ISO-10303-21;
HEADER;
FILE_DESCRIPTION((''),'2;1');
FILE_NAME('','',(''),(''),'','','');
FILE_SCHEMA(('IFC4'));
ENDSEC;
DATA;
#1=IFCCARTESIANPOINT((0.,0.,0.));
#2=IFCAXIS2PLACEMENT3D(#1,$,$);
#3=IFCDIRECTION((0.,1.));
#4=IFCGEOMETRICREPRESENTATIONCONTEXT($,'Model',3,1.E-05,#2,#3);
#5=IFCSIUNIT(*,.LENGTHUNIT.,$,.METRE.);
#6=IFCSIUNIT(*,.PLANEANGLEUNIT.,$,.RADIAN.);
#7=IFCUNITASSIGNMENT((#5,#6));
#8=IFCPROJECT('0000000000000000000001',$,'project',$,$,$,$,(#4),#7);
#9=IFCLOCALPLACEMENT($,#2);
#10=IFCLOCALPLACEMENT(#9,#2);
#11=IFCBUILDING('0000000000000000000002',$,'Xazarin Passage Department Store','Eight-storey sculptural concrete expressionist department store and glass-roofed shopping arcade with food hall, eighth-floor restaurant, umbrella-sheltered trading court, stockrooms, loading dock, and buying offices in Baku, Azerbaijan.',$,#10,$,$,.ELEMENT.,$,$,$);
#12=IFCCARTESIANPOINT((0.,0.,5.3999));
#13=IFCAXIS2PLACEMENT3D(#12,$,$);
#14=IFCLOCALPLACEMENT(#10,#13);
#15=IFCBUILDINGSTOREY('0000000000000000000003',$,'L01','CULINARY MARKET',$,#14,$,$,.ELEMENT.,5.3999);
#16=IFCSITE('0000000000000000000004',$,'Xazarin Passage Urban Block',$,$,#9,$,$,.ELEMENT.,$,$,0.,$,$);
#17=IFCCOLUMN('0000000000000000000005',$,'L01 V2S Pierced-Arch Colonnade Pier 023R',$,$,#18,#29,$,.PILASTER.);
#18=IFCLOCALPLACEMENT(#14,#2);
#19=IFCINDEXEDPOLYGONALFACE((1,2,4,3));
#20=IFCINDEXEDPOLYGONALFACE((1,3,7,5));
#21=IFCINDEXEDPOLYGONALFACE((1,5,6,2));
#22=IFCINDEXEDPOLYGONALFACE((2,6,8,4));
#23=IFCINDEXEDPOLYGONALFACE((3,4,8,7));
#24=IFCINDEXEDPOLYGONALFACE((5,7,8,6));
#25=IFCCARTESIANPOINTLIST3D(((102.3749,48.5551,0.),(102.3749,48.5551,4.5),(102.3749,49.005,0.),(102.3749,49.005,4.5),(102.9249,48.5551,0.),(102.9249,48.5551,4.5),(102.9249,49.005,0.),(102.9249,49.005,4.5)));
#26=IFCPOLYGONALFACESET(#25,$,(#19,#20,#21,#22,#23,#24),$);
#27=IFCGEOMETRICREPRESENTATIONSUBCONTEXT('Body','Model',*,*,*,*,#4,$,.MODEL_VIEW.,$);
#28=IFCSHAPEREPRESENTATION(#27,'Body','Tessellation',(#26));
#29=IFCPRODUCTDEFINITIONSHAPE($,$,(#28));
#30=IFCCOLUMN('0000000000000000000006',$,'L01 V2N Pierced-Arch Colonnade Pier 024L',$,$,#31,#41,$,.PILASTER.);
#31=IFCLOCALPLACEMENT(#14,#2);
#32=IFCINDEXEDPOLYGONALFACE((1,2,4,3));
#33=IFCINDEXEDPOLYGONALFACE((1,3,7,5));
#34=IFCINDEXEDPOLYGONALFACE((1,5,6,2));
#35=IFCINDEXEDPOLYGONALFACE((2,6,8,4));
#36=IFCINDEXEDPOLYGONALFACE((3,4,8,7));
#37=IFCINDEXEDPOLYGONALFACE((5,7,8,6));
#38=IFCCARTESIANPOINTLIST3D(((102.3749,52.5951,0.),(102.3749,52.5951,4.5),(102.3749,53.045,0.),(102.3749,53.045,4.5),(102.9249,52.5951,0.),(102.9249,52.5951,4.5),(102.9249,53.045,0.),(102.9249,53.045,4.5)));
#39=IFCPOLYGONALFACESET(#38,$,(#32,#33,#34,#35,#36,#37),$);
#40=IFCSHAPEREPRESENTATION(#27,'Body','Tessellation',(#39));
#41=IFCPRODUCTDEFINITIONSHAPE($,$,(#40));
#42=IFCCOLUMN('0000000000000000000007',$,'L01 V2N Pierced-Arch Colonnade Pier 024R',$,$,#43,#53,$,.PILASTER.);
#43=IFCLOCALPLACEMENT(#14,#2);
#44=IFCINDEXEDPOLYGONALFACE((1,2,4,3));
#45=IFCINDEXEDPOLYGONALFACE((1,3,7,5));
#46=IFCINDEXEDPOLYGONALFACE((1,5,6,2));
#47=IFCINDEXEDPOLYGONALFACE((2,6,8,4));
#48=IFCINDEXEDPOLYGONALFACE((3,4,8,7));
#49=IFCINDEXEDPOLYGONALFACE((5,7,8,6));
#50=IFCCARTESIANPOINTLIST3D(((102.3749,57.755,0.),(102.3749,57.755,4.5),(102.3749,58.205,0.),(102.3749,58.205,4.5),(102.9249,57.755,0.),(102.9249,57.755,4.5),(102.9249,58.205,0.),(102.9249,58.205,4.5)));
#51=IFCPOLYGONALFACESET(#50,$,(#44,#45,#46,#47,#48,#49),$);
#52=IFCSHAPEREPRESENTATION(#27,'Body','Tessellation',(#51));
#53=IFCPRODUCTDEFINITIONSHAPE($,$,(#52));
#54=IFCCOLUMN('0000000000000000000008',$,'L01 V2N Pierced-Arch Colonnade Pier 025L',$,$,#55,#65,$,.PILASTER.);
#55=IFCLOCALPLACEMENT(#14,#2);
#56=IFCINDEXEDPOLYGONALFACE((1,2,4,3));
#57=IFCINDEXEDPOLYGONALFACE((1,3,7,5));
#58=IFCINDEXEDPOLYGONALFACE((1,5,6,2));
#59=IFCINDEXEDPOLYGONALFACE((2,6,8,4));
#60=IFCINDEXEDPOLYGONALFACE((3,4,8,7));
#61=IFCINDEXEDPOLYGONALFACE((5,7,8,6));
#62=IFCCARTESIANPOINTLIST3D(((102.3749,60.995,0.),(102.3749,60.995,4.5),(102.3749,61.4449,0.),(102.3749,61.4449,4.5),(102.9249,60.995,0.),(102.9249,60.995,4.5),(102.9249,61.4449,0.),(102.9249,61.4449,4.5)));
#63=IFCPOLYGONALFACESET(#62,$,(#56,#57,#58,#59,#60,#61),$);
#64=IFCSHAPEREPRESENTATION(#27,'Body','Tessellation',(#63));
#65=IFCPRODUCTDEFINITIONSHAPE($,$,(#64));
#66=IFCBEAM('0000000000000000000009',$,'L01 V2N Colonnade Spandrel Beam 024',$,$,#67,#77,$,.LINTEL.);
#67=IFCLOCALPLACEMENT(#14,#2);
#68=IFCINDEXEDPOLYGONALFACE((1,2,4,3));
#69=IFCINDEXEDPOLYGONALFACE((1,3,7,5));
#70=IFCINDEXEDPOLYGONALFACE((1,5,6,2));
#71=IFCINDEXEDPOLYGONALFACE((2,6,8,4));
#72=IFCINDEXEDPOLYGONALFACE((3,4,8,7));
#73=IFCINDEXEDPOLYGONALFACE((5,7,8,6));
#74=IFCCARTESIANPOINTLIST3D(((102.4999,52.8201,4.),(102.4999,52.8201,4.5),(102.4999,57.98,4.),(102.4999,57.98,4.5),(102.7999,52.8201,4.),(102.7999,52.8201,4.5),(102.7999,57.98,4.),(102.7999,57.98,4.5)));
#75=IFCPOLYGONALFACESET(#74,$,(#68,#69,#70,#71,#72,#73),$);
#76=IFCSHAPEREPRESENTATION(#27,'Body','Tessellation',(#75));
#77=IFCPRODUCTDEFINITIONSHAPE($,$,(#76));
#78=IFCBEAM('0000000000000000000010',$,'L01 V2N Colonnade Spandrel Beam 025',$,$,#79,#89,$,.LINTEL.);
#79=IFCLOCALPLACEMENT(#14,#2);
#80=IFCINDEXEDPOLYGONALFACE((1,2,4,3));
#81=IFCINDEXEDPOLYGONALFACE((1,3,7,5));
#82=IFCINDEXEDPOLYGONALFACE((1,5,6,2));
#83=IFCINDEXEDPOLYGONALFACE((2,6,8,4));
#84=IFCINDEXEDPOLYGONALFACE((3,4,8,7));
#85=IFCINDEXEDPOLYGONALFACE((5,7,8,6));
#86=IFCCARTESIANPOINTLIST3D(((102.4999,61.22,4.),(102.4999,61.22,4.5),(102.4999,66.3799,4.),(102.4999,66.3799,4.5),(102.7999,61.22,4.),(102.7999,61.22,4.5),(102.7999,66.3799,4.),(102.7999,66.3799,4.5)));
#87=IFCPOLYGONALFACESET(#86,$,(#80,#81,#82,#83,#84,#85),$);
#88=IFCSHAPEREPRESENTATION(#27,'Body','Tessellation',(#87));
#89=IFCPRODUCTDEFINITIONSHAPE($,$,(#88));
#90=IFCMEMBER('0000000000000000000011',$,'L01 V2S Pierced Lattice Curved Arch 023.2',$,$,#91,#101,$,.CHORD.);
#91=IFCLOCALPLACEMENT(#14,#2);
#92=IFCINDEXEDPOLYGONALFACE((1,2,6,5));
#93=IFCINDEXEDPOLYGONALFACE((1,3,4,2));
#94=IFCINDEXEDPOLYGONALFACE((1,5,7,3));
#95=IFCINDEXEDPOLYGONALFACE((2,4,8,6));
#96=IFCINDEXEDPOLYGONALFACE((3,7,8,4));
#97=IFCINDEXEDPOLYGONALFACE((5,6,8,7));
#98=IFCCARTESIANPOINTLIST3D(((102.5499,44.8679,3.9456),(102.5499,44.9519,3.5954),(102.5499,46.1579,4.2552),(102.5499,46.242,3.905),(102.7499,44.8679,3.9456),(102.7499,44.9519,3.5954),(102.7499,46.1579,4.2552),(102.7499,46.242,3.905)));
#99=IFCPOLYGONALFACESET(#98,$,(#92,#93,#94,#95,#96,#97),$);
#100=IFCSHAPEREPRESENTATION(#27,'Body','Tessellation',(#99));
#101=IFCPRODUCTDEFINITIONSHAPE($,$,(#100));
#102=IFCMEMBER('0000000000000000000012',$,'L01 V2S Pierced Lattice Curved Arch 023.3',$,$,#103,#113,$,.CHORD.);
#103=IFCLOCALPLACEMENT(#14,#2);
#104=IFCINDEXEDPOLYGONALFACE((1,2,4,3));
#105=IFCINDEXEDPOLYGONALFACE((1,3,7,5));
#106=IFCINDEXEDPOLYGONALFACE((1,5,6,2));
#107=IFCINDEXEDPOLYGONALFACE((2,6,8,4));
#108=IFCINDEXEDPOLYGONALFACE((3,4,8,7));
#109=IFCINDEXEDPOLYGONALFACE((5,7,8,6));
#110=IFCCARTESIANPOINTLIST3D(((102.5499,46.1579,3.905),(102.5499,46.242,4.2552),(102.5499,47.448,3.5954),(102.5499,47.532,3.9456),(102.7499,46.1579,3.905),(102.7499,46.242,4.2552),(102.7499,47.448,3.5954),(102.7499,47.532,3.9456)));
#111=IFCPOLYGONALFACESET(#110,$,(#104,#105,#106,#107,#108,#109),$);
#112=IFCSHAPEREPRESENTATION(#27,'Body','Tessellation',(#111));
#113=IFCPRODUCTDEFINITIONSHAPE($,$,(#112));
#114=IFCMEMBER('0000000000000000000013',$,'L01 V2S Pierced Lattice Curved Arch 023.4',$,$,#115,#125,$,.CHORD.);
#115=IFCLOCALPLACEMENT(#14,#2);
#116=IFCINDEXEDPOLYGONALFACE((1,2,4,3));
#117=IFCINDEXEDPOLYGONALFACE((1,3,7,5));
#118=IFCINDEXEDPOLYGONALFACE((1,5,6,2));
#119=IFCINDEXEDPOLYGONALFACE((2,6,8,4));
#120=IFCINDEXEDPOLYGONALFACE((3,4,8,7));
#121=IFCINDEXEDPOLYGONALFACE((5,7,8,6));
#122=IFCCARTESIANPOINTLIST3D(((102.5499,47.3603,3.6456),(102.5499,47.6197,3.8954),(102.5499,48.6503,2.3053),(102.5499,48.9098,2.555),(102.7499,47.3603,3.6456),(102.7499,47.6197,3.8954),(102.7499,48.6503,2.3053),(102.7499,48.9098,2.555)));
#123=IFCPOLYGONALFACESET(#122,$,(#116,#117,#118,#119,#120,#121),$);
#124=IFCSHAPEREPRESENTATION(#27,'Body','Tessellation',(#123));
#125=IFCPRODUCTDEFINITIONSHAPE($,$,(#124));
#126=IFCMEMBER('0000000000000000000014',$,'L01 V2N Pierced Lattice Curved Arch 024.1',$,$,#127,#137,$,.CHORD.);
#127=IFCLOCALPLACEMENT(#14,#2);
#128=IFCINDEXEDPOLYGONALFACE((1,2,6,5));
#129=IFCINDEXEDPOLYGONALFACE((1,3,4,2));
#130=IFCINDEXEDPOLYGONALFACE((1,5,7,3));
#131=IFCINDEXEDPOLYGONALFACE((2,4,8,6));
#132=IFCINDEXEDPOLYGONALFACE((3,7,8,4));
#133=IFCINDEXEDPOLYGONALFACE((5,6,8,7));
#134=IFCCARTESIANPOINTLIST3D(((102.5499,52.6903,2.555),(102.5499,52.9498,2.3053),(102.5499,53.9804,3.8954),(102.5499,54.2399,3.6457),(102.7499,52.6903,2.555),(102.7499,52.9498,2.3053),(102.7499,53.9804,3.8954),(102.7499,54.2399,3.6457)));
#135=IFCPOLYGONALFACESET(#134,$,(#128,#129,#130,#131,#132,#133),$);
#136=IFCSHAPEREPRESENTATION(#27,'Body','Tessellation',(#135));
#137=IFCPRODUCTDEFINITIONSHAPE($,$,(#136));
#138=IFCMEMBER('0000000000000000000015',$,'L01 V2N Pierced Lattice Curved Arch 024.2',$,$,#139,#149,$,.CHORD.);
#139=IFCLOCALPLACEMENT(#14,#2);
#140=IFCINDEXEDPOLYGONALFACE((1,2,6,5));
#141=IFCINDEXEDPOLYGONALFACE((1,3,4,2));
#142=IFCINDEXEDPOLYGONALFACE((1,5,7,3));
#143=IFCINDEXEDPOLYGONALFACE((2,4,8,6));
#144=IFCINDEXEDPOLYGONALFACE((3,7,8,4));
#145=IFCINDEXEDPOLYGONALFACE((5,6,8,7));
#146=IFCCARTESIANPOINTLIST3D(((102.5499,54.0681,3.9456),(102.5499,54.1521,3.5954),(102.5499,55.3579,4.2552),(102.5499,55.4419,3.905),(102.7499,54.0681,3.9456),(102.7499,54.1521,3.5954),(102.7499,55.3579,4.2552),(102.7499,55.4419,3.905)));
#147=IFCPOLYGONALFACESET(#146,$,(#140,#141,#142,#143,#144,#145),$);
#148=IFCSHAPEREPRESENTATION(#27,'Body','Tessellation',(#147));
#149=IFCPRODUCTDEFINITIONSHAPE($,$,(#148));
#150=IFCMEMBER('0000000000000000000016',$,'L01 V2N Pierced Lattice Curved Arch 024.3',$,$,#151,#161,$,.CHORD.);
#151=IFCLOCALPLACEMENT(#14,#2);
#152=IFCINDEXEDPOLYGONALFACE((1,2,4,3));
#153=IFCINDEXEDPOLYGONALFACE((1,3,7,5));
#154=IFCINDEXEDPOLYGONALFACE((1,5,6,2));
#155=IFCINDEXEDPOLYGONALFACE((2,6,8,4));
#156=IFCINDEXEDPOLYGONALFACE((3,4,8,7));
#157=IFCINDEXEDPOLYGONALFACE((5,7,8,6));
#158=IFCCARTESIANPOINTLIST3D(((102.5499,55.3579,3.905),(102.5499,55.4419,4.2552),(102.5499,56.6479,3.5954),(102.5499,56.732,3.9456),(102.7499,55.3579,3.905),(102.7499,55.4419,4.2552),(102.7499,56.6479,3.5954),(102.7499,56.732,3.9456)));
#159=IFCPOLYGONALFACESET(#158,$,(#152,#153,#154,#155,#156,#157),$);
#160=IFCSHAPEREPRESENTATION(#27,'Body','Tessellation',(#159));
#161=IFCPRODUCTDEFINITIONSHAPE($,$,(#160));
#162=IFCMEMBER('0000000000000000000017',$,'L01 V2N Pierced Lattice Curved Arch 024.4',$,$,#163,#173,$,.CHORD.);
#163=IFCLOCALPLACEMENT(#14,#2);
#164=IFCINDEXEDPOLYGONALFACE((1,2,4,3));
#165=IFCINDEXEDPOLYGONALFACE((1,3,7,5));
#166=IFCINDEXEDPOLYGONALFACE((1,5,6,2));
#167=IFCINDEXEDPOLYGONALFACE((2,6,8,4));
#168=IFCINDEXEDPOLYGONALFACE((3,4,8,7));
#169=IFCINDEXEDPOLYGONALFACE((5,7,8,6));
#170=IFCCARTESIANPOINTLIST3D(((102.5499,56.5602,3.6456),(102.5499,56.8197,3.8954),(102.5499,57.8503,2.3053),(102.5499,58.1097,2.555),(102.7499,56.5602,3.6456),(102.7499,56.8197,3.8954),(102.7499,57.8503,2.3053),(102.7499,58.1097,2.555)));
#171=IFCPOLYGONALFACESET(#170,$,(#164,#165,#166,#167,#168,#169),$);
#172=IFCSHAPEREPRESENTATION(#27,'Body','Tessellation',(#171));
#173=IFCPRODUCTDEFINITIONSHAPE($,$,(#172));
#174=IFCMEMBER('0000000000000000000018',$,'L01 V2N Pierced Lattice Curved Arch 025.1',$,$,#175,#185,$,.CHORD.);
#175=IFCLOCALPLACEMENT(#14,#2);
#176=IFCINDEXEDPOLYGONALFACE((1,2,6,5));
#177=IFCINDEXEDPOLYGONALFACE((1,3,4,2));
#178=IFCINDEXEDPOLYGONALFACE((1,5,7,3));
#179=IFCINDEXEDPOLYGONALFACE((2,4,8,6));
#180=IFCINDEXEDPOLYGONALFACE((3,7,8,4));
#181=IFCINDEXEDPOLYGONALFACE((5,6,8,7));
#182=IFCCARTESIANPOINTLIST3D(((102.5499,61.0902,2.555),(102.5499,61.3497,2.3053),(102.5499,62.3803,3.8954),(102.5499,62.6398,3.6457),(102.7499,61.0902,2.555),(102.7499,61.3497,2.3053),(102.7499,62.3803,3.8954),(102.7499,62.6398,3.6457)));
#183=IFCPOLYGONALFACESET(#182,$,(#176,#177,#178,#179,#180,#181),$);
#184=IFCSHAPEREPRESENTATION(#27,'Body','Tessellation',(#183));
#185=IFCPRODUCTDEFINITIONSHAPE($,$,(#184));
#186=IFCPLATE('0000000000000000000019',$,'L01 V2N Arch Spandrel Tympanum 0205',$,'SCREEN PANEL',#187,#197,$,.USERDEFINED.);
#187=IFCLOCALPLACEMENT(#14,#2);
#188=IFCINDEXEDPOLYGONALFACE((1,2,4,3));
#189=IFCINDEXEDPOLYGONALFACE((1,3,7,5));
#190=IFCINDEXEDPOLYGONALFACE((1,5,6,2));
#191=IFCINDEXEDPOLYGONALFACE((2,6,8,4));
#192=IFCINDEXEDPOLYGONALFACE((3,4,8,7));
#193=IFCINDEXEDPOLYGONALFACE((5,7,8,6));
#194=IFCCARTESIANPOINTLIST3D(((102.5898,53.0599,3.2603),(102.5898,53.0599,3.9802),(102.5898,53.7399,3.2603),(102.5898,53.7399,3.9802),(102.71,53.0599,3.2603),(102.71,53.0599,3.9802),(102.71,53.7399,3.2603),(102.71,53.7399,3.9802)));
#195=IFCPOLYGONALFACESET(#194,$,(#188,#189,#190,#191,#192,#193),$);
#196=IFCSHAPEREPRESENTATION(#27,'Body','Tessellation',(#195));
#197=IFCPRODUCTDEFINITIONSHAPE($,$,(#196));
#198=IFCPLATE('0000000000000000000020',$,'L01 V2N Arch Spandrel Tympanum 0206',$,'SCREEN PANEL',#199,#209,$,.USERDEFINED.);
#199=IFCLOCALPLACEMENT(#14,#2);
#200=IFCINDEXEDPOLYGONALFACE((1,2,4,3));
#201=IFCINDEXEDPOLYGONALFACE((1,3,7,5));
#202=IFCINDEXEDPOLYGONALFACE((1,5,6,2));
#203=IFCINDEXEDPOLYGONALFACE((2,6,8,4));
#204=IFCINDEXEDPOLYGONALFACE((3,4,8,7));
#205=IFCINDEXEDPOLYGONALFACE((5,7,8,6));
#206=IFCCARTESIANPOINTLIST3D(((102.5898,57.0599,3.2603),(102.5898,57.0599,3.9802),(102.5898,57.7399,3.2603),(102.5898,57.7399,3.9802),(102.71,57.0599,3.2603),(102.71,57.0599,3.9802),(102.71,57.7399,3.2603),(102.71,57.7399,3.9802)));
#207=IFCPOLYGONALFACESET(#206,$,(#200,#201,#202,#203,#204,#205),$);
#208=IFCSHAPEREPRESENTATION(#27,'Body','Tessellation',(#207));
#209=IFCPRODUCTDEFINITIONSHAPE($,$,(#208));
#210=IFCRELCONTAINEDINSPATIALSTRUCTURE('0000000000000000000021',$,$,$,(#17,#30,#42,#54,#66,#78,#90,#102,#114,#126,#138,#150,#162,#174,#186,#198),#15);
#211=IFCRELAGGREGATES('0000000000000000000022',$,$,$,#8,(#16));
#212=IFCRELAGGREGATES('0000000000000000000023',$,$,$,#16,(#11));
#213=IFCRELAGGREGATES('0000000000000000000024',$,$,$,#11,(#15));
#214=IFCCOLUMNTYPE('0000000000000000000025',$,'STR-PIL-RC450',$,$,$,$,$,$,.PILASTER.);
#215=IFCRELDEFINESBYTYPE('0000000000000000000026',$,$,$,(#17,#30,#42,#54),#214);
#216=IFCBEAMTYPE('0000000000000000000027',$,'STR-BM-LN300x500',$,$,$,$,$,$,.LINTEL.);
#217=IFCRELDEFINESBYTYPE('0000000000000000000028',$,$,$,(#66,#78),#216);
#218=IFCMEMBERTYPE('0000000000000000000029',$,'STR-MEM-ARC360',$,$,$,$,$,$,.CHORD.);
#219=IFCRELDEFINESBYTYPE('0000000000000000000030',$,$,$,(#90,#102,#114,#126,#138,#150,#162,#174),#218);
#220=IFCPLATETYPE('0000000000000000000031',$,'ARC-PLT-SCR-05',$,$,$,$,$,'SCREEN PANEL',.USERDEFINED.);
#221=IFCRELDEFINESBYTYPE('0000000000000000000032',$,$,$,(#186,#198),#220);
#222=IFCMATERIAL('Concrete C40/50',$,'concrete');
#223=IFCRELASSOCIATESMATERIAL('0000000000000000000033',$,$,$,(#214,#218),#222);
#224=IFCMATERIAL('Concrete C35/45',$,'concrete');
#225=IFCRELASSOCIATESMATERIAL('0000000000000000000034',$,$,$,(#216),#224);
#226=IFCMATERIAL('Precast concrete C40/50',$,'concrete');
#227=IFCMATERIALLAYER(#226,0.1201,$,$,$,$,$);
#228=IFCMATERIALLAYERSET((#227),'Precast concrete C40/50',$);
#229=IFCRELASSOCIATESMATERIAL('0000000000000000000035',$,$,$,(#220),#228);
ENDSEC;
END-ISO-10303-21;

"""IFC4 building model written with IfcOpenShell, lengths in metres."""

from ifc_helpers import new_model, si_unit, direction, frame, origin, origin_2d, place, context, subcontext, project, spatial, rectangle, extrude, material, layer, layer_set, material_profile, profile_set, type_object, element, save


model = new_model("IFC4")

# Units and contexts
model_context = context("Model", 3, precision=1e-05, world=origin(), true_north=direction((0.0, 1.0)))
body_context = subcontext(model_context, "Body", "Model", "MODEL_VIEW")
ifc_project = project(units=[si_unit("LENGTHUNIT", "METRE"), si_unit("PLANEANGLEUNIT", "RADIAN")], contexts=[model_context])

# Site, building, storey
site_placement = place(None, origin())
site = spatial("IfcSite", under=ifc_project, at=site_placement, Name="Xazarin Passage Urban Block", CompositionType="ELEMENT", RefElevation=0.0)
building_placement = place(site_placement, origin())
building = spatial("IfcBuilding", under=site, at=building_placement, Name="Xazarin Passage Department Store", Description="Eight-storey sculptural concrete expressionist department store and glass-roofed shopping arcade with food hall, eighth-floor restaurant, umbrella-sheltered trading court, stockrooms, loading dock, and buying offices in Baku, Azerbaijan.", CompositionType="ELEMENT")
storey_placement = place(building_placement, frame((0.0, 0.0, 5.3999)))
storey = spatial("IfcBuildingStorey", under=building, at=storey_placement, Name="L01", Description="CULINARY MARKET", CompositionType="ELEMENT", Elevation=5.3999)

# Columns
ifc_material_1 = material(Name="Concrete C40/50", Category="concrete")
ifc_material_profile_1 = material_profile(ifc_material_1, rectangle(XDim=0.45, YDim=0.55, at=origin_2d()), Name="RC 450x550")
ifc_profile_set_1 = profile_set([ifc_material_profile_1], Name="Concrete C40/50")
column_type = type_object("IfcColumnType", Name="STR-PIL-RC450", PredefinedType="PILASTER", material=ifc_profile_set_1)
for number, where, z_axis, x_axis, name in (
    (1, (102.6499, 48.78, 0.0), (0.0, 0.0, 1.0), (0.0, 1.0, 0.0), "L01 V2S Pierced-Arch Colonnade Pier 023R"),
    (2, (102.6499, 52.8201, 0.0), (0.0, 0.0, 1.0), (0.0, 1.0, 0.0), "L01 V2N Pierced-Arch Colonnade Pier 024L"),
    (3, (102.6499, 57.98, 0.0), (0.0, 0.0, 1.0), (0.0, 1.0, 0.0), "L01 V2N Pierced-Arch Colonnade Pier 024R"),
    (4, (102.6499, 61.22, 0.0), (0.0, 0.0, 1.0), (0.0, 1.0, 0.0), "L01 V2N Pierced-Arch Colonnade Pier 025L"),
):
    element("IfcColumn", number, at=place(storey_placement, frame(where, z_axis=z_axis, x_axis=x_axis)), inside=storey, type_object=column_type, Name=name, PredefinedType="PILASTER", context=body_context, shape_type="SweptSolid", body=[
        extrude(rectangle(XDim=0.45, YDim=0.55, at=origin_2d()), origin(), (0.0, 0.0, 1.0), 4.5),
    ])

# Beams
ifc_material_2 = material(Name="Concrete C35/45", Category="concrete")
ifc_material_profile_2 = material_profile(ifc_material_2, rectangle(XDim=0.3, YDim=0.5, at=origin_2d()), Name="RC 300x500")
ifc_profile_set_2 = profile_set([ifc_material_profile_2], Name="Concrete C35/45")
beam_type = type_object("IfcBeamType", Name="STR-BM-LN300x500", PredefinedType="LINTEL", material=ifc_profile_set_2)
for number, where, z_axis, x_axis, name in (
    (5, (102.6499, 52.8201, 4.25), (0.0, 1.0, 0.0), (-1.0, 0.0, 0.0), "L01 V2N Colonnade Spandrel Beam 024"),
    (6, (102.6499, 61.22, 4.25), (0.0, 1.0, 0.0), (-1.0, 0.0, 0.0), "L01 V2N Colonnade Spandrel Beam 025"),
):
    element("IfcBeam", number, at=place(storey_placement, frame(where, z_axis=z_axis, x_axis=x_axis)), inside=storey, type_object=beam_type, Name=name, PredefinedType="LINTEL", context=body_context, shape_type="SweptSolid", body=[
        extrude(rectangle(XDim=0.3, YDim=0.5, at=origin_2d()), origin(), (0.0, 0.0, 1.0), 5.1599),
    ])

# Members
ifc_material_profile_3 = material_profile(ifc_material_1, rectangle(XDim=0.2, YDim=0.3601, at=origin_2d()), Name="RC 200x360")
ifc_profile_set_3 = profile_set([ifc_material_profile_3], Name="Concrete C40/50")
member_type = type_object("IfcMemberType", Name="STR-MEM-ARC360", PredefinedType="CHORD", material=ifc_profile_set_3)
for number, where, z_axis, x_axis, name in (
    (7, (102.6499, 44.9099, 3.7705), (0.0, 0.972394, 0.233345), (-1.0, 0.0, 0.0), "L01 V2S Pierced Lattice Curved Arch 023.2"),
    (8, (102.6499, 46.2, 4.0801), (0.0, 0.972394, -0.233345), (-1.0, 0.0, 0.0), "L01 V2S Pierced Lattice Curved Arch 023.3"),
):
    element("IfcMember", number, at=place(storey_placement, frame(where, z_axis=z_axis, x_axis=x_axis)), inside=storey, type_object=member_type, Name=name, PredefinedType="CHORD", context=body_context, shape_type="SweptSolid", body=[
        extrude(rectangle(XDim=0.2, YDim=0.3601, at=origin_2d()), origin(), (0.0, 0.0, 1.0), 1.3267),
    ])
for number, where, z_axis, x_axis, name in (
    (9, (102.6499, 47.49, 3.7705), (0.0, 0.69346, -0.720495), (-1.0, 0.0, 0.0), "L01 V2S Pierced Lattice Curved Arch 023.4"),
    (10, (102.6499, 52.8201, 2.4302), (0.0, 0.69346, 0.720495), (-1.0, 0.0, 0.0), "L01 V2N Pierced Lattice Curved Arch 024.1"),
):
    element("IfcMember", number, at=place(storey_placement, frame(where, z_axis=z_axis, x_axis=x_axis)), inside=storey, type_object=member_type, Name=name, PredefinedType="CHORD", context=body_context, shape_type="SweptSolid", body=[
        extrude(rectangle(XDim=0.2, YDim=0.3601, at=origin_2d()), origin(), (0.0, 0.0, 1.0), 1.8604),
    ])
member_1_placement = place(storey_placement, frame((102.6499, 54.1101, 3.7705), z_axis=(0.0, 0.972384, 0.233387), x_axis=(-1.0, 0.0, 0.0)))
element("IfcMember", 11, at=member_1_placement, inside=storey, type_object=member_type, Name="L01 V2N Pierced Lattice Curved Arch 024.2", PredefinedType="CHORD", context=body_context, shape_type="SweptSolid", body=[
    extrude(rectangle(XDim=0.2, YDim=0.3601, at=origin_2d()), origin(), (0.0, 0.0, 1.0), 1.3264),
])
member_2_placement = place(storey_placement, frame((102.6499, 55.3999, 4.0801), z_axis=(0.0, 0.972394, -0.233345), x_axis=(-1.0, 0.0, 0.0)))
element("IfcMember", 12, at=member_2_placement, inside=storey, type_object=member_type, Name="L01 V2N Pierced Lattice Curved Arch 024.3", PredefinedType="CHORD", context=body_context, shape_type="SweptSolid", body=[
    extrude(rectangle(XDim=0.2, YDim=0.3601, at=origin_2d()), origin(), (0.0, 0.0, 1.0), 1.3267),
])
for number, where, z_axis, x_axis, name in (
    (13, (102.6499, 56.6899, 3.7705), (0.0, 0.69346, -0.720495), (-1.0, 0.0, 0.0), "L01 V2N Pierced Lattice Curved Arch 024.4"),
    (14, (102.6499, 61.22, 2.4302), (0.0, 0.69346, 0.720495), (-1.0, 0.0, 0.0), "L01 V2N Pierced Lattice Curved Arch 025.1"),
):
    element("IfcMember", number, at=place(storey_placement, frame(where, z_axis=z_axis, x_axis=x_axis)), inside=storey, type_object=member_type, Name=name, PredefinedType="CHORD", context=body_context, shape_type="SweptSolid", body=[
        extrude(rectangle(XDim=0.2, YDim=0.3601, at=origin_2d()), origin(), (0.0, 0.0, 1.0), 1.8604),
    ])

# Plates
ifc_material_3 = material(Name="Precast concrete C40/50", Category="concrete")
ifc_layer_1 = layer(ifc_material_3, 0.1201)
ifc_layer_set_1 = layer_set([ifc_layer_1], Name="Precast concrete C40/50")
plate_type_1 = type_object("IfcPlateType", Name="ARC-PLT-SCR-05", ElementType="SCREEN PANEL", PredefinedType="USERDEFINED", material=ifc_layer_set_1)
for number, where, z_axis, x_axis, name in (
    (15, (102.6499, 53.3999, 3.2603), (0.0, 0.0, 1.0), (0.0, 1.0, 0.0), "L01 V2N Arch Spandrel Tympanum 0205"),
    (16, (102.6499, 57.3999, 3.2603), (0.0, 0.0, 1.0), (0.0, 1.0, 0.0), "L01 V2N Arch Spandrel Tympanum 0206"),
):
    element("IfcPlate", number, at=place(storey_placement, frame(where, z_axis=z_axis, x_axis=x_axis)), inside=storey, type_object=plate_type_1, Name=name, ObjectType="SCREEN PANEL", PredefinedType="USERDEFINED", context=body_context, shape_type="SweptSolid", body=[
        extrude(rectangle(XDim=0.6799, YDim=0.1201, at=origin_2d()), origin(), (0.0, 0.0, 1.0), 0.72),
    ])

save(model, "model.ifc")
